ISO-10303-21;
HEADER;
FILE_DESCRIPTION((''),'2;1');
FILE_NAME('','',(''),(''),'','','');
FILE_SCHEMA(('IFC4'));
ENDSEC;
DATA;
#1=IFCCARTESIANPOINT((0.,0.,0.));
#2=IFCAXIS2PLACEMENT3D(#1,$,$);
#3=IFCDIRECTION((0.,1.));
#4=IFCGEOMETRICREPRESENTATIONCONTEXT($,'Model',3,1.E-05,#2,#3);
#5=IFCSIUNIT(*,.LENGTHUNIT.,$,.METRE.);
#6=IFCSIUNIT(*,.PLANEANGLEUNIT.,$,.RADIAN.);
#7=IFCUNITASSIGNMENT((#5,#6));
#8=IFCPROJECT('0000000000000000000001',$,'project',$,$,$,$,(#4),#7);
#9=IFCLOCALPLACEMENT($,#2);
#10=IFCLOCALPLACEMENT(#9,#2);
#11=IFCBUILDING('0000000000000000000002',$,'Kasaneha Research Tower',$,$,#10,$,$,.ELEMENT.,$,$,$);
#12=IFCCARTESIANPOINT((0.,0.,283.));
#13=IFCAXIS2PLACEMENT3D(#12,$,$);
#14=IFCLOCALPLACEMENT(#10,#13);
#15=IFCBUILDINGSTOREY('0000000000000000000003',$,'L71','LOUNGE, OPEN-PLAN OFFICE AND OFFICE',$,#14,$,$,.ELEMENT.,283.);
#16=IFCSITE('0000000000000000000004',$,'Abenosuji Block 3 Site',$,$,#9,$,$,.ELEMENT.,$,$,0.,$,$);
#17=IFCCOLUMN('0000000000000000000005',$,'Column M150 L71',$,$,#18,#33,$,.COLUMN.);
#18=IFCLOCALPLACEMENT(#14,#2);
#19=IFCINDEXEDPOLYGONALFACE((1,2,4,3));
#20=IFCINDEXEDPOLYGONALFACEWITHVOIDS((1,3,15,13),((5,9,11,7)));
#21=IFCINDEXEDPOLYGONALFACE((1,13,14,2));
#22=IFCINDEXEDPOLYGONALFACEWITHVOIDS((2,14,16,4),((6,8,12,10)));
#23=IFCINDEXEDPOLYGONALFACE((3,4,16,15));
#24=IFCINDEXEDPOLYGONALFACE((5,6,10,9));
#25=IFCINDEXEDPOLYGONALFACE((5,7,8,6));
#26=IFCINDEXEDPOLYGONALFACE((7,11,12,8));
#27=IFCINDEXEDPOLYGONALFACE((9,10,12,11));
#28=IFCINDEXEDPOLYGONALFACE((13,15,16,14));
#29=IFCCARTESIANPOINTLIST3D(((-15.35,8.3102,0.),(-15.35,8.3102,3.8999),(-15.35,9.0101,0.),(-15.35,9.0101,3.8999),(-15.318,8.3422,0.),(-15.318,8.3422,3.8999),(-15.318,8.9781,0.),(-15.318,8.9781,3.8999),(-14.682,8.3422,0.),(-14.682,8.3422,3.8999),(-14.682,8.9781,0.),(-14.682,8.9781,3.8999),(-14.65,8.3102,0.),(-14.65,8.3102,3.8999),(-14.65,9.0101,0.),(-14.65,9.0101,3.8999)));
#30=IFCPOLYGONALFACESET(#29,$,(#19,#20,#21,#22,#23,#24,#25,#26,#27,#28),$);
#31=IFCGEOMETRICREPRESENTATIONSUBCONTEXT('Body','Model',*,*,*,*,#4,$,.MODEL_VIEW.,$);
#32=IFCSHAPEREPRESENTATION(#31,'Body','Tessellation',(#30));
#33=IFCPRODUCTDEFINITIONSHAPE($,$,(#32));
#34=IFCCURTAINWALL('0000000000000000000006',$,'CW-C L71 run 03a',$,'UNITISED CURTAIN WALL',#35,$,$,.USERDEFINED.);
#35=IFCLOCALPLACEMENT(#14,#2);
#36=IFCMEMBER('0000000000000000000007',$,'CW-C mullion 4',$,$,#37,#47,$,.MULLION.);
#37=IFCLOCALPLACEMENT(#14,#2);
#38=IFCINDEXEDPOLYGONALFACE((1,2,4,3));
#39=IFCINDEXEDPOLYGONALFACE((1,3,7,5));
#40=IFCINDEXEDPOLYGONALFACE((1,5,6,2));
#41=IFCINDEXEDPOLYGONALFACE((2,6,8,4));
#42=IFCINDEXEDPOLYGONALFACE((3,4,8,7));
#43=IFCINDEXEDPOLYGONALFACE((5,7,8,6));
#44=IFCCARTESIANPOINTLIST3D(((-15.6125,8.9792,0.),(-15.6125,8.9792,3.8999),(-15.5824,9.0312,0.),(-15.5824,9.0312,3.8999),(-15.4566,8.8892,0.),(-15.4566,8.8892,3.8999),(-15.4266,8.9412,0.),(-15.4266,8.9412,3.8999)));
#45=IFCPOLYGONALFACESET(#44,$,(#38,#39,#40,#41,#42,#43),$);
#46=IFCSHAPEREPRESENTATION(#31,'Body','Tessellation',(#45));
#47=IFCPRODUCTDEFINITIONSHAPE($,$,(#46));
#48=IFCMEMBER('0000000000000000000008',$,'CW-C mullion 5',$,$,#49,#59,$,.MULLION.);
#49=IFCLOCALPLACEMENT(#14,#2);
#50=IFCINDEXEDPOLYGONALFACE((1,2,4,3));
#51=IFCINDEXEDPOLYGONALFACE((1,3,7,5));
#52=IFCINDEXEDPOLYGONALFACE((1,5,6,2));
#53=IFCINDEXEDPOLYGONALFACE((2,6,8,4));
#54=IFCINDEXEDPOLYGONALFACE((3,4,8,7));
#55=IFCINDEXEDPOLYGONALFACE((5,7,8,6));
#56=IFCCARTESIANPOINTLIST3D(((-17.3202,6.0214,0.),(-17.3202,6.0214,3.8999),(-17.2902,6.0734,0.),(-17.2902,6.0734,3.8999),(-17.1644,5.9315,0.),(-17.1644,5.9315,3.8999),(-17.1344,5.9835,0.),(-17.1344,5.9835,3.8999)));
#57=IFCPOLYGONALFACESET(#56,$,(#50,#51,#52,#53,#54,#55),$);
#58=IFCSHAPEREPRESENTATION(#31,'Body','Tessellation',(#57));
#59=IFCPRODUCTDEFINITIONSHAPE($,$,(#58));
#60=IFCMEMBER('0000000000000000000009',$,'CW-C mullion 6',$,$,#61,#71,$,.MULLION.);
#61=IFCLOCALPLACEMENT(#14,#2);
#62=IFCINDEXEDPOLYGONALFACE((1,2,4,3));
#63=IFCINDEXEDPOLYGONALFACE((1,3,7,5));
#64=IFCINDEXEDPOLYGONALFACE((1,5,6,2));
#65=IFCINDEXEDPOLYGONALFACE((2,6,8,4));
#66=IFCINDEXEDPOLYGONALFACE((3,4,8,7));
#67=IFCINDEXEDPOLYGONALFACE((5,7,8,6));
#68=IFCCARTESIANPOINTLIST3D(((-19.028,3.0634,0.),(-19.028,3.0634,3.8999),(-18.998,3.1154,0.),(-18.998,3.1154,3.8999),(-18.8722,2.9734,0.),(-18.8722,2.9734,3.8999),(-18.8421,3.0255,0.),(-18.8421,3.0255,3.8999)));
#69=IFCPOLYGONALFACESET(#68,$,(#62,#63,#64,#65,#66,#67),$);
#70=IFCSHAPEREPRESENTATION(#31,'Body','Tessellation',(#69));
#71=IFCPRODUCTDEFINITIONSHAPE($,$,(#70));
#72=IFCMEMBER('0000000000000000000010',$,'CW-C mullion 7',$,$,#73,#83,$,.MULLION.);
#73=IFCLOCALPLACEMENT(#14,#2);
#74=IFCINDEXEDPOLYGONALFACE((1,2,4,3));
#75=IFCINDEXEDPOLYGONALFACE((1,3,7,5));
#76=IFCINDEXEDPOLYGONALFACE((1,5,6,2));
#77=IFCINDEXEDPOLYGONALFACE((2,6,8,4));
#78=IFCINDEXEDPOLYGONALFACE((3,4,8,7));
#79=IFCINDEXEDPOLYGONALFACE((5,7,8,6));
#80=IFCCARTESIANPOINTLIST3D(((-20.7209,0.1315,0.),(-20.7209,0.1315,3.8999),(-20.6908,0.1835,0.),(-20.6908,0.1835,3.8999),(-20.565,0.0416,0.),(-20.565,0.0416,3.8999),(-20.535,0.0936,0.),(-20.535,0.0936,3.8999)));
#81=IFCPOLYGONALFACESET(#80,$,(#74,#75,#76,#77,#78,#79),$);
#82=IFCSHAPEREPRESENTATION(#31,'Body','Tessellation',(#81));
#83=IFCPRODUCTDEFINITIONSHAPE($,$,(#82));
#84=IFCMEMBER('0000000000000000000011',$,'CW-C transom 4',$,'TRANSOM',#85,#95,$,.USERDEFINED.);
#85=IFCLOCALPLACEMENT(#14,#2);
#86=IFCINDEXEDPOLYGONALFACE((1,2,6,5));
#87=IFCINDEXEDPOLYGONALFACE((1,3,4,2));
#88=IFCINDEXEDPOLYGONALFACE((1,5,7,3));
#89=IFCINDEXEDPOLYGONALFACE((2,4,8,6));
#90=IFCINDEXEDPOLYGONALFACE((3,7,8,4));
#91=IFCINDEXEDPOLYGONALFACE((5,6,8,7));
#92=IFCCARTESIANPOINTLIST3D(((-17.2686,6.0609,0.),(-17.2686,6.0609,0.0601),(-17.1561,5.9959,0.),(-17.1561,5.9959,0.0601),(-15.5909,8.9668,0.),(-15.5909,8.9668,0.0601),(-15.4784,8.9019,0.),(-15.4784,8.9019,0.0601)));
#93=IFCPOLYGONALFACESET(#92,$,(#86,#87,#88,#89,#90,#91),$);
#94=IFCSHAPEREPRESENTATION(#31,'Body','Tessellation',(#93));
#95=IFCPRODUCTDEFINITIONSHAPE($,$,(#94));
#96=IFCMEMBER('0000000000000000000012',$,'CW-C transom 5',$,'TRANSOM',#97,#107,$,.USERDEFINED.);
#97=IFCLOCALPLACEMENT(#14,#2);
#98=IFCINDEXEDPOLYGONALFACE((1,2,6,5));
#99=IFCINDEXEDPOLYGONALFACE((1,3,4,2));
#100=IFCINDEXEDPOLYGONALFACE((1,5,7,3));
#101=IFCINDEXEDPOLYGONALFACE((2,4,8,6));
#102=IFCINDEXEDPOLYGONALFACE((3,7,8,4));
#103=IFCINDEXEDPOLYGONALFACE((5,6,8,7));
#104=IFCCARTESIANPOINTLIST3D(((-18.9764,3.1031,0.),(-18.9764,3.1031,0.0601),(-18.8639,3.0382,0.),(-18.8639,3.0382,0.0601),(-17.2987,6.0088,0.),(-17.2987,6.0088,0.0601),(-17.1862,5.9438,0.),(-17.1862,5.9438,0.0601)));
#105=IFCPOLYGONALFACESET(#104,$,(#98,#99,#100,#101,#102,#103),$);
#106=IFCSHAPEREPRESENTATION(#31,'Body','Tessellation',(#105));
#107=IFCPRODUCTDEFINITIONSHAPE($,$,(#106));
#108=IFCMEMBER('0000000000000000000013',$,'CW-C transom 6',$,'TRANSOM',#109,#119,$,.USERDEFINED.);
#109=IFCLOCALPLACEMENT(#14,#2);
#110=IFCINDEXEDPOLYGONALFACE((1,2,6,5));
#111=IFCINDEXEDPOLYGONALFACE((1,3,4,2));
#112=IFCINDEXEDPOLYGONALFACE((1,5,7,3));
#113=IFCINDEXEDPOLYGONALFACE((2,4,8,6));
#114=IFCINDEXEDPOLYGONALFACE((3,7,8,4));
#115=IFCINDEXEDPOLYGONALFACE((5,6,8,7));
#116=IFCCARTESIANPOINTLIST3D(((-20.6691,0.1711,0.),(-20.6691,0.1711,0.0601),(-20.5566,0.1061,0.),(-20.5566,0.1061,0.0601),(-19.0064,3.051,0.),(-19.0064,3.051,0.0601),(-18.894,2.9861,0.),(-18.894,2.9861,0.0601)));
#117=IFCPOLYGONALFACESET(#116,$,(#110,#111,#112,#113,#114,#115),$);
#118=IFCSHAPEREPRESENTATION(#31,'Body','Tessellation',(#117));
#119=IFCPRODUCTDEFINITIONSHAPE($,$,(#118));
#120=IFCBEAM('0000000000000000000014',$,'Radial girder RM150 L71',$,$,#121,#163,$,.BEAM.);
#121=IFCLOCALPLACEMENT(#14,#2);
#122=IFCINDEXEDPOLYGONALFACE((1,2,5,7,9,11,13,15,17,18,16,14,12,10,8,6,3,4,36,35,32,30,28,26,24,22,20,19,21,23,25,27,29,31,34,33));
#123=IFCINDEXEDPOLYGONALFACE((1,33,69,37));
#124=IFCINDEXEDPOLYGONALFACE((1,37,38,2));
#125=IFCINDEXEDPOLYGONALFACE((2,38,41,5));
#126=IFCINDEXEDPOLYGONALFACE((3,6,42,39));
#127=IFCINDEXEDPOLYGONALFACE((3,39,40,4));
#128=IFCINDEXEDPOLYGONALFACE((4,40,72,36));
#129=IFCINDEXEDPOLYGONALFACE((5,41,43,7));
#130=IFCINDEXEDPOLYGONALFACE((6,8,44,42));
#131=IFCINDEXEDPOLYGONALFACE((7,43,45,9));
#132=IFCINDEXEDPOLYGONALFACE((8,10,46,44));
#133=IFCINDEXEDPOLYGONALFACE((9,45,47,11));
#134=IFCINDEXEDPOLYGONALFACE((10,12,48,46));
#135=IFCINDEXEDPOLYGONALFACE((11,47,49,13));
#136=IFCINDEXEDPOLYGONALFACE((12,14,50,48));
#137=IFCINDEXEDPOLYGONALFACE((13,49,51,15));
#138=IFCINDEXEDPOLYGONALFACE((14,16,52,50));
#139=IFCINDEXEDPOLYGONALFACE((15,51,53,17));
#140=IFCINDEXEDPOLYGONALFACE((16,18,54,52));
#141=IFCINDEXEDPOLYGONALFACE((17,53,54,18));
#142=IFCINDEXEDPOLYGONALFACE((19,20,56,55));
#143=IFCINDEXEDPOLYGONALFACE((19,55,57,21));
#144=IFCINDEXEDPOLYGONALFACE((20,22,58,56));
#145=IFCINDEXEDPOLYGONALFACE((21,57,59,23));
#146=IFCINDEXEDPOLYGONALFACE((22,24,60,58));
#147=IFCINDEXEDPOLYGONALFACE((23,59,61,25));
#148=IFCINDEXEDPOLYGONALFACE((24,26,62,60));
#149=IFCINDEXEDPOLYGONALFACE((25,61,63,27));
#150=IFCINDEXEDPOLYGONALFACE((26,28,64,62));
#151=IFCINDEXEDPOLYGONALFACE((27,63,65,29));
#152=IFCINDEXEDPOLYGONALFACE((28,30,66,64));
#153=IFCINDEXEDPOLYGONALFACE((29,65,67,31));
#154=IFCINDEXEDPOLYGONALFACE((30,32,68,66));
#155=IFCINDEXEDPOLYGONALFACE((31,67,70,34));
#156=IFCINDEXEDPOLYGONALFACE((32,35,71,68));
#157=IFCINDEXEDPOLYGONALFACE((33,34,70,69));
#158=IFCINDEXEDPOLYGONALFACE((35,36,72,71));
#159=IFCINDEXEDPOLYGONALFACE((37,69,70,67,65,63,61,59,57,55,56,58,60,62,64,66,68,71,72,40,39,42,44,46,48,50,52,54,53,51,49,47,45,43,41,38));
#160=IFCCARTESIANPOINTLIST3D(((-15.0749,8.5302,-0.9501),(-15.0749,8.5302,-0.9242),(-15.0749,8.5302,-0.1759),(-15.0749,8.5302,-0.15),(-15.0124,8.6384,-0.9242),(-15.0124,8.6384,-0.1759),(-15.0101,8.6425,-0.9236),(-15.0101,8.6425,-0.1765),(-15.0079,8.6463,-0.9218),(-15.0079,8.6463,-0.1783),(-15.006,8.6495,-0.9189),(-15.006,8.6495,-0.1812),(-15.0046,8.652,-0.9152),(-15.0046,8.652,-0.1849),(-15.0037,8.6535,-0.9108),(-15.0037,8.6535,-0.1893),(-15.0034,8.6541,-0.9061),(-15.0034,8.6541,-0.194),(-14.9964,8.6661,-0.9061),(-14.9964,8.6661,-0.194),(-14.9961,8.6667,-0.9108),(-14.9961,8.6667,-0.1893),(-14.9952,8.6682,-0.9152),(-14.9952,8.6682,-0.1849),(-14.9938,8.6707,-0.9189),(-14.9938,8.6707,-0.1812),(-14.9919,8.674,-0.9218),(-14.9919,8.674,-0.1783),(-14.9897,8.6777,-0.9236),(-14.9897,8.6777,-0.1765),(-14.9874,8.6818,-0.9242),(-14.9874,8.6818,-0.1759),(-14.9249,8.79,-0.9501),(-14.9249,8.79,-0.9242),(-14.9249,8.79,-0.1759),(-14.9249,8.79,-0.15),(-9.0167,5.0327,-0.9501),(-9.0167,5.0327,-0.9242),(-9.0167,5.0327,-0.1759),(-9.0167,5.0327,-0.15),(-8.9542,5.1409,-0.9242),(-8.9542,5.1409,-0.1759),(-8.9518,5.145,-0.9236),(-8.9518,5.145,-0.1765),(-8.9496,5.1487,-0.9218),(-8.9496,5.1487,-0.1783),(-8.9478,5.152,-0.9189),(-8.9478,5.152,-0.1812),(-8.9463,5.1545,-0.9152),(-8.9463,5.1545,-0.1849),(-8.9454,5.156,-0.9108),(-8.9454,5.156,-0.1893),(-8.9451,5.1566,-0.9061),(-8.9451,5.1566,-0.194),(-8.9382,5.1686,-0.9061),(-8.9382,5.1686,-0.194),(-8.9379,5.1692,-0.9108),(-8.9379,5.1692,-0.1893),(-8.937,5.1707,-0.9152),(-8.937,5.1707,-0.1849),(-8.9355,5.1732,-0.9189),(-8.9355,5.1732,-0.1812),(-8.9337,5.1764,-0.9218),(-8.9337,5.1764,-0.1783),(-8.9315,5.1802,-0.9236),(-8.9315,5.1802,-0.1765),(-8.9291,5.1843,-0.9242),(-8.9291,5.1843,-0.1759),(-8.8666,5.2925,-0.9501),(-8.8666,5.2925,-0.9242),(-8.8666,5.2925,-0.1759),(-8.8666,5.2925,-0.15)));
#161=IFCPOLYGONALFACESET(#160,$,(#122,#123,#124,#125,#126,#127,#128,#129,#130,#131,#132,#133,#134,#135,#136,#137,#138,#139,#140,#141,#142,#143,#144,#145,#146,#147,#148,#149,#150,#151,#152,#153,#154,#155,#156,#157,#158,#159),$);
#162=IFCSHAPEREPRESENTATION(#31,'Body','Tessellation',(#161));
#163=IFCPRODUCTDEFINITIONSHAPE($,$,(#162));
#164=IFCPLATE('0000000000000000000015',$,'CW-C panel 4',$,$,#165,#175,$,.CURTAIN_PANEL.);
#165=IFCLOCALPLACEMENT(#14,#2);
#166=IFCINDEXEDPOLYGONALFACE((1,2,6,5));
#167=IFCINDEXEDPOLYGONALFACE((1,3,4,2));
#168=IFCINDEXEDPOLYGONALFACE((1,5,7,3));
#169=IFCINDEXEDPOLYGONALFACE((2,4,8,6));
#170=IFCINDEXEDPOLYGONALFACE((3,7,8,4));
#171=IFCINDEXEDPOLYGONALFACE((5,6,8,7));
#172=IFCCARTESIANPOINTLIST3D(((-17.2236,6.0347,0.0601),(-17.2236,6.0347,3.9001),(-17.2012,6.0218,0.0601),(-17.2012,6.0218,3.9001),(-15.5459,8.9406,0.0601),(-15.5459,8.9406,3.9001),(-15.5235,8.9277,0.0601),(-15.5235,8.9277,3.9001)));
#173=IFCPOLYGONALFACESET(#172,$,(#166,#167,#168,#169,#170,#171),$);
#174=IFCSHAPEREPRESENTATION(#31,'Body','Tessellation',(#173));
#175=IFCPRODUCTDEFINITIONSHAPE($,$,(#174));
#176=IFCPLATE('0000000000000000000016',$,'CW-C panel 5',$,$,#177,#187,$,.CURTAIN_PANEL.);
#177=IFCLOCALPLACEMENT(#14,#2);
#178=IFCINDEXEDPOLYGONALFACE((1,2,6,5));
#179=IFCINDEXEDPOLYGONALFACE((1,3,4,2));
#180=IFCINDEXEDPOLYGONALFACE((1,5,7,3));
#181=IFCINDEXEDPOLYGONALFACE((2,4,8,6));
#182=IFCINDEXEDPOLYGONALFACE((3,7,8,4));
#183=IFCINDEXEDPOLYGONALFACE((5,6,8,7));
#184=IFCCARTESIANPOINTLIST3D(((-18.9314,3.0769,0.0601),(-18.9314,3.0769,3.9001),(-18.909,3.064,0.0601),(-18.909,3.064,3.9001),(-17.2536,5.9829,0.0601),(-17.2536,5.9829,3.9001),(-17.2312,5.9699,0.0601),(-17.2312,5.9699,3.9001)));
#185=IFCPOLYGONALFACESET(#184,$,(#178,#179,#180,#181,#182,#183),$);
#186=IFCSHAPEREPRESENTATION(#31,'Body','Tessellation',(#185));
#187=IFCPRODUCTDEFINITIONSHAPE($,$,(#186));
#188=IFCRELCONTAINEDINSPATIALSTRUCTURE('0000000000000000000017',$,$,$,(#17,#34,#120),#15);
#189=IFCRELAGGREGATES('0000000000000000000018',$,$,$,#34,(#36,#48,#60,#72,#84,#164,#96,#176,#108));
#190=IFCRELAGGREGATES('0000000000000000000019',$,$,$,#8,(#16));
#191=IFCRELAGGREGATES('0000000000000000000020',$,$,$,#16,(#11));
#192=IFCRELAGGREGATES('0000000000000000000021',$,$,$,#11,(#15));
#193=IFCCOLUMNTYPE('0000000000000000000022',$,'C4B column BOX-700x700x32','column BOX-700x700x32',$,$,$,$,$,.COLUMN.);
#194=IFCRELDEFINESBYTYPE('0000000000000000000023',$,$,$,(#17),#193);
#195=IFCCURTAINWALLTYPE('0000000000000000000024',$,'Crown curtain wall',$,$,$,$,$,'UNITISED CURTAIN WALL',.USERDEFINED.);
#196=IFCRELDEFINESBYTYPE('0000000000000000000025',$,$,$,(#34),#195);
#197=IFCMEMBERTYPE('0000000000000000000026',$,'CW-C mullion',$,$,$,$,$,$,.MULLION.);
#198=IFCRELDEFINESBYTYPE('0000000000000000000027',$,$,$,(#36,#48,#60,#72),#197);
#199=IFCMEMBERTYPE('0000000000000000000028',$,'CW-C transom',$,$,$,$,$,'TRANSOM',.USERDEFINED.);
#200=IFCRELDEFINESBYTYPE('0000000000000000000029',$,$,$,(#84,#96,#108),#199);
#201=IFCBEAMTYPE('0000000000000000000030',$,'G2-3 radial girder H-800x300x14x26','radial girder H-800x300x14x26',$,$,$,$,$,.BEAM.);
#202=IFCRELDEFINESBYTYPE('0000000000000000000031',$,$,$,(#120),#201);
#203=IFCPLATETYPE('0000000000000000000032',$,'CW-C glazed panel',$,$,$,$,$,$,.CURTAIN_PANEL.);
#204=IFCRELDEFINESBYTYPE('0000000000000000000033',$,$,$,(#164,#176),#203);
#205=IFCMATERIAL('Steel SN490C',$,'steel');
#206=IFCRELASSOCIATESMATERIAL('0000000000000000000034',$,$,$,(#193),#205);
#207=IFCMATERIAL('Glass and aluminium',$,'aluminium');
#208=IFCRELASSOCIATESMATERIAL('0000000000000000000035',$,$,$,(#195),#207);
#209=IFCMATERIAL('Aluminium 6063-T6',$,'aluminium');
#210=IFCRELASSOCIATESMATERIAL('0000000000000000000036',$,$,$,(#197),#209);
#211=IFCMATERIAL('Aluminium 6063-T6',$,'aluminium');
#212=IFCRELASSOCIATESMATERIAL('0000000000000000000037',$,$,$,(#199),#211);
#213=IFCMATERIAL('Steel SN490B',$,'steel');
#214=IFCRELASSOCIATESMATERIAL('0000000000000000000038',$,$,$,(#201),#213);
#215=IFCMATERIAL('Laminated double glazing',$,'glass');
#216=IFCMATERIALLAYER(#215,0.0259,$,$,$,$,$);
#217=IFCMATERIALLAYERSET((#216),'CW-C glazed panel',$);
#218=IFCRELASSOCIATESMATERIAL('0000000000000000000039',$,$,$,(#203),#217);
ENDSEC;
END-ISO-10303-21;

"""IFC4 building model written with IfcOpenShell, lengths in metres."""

from ifc_helpers import new_model, si_unit, direction, frame, origin, origin_2d, place, context, subcontext, project, spatial, rectangle, hollow_rectangle, i_section, extrude, material, layer, layer_set, material_profile, profile_set, type_object, element, aggregate, save


model = new_model("IFC4")

# Units and contexts
model_context = context("Model", 3, precision=1e-05, world=origin(), true_north=direction((0.0, 1.0)))
body_context = subcontext(model_context, "Body", "Model", "MODEL_VIEW")
ifc_project = project(units=[si_unit("LENGTHUNIT", "METRE"), si_unit("PLANEANGLEUNIT", "RADIAN")], contexts=[model_context])

# Site, building, storey
site_placement = place(None, origin())
site = spatial("IfcSite", under=ifc_project, at=site_placement, Name="Abenosuji Block 3 Site", CompositionType="ELEMENT", RefElevation=0.0)
building_placement = place(site_placement, origin())
building = spatial("IfcBuilding", under=site, at=building_placement, Name="Kasaneha Research Tower", CompositionType="ELEMENT")
storey_placement = place(building_placement, frame((0.0, 0.0, 283.0)))
storey = spatial("IfcBuildingStorey", under=building, at=storey_placement, Name="L71", Description="LOUNGE, OPEN-PLAN OFFICE AND OFFICE", CompositionType="ELEMENT", Elevation=283.0)

# Column
ifc_material_1 = material(Name="Steel SN490C", Category="steel")
ifc_material_profile_1 = material_profile(ifc_material_1, hollow_rectangle(XDim=0.7, YDim=0.7, WallThickness=0.032, at=origin_2d()), Name="BOX-700x700x32")
ifc_profile_set_1 = profile_set([ifc_material_profile_1], Name="Steel SN490C")
column_type = type_object("IfcColumnType", Name="C4B column BOX-700x700x32", Description="column BOX-700x700x32", PredefinedType="COLUMN", material=ifc_profile_set_1)
column_placement = place(storey_placement, frame((-15.0, 8.6602, 0.0), z_axis=(0.0, 0.0, 1.0), x_axis=(1.0, 0.0, 0.0)))
element("IfcColumn", 1, at=column_placement, inside=storey, type_object=column_type, Name="Column M150 L71", PredefinedType="COLUMN", context=body_context, shape_type="SweptSolid", body=[
    extrude(hollow_rectangle(XDim=0.7, YDim=0.7, WallThickness=0.032, at=origin_2d()), origin(), (0.0, 0.0, 1.0), 3.8999),
])

# Curtain wall, members
ifc_material_2 = material(Name="Glass and aluminium", Category="aluminium")
curtain_wall_type = type_object("IfcCurtainWallType", Name="Crown curtain wall", ElementType="UNITISED CURTAIN WALL", PredefinedType="USERDEFINED", material=ifc_material_2)
curtain_wall_placement = place(storey_placement, origin())
curtain_wall = element("IfcCurtainWall", 2, at=curtain_wall_placement, inside=storey, type_object=curtain_wall_type, Name="CW-C L71 run 03a", ObjectType="UNITISED CURTAIN WALL", PredefinedType="USERDEFINED")
ifc_material_3 = material(Name="Aluminium 6063-T6", Category="aluminium")
ifc_material_profile_2 = material_profile(ifc_material_3, rectangle(XDim=0.0601, YDim=0.1799, at=origin_2d()), Name="CW-C mullion 60x180")
ifc_profile_set_2 = profile_set([ifc_material_profile_2], Name="Aluminium 6063-T6")
member_type_1 = type_object("IfcMemberType", Name="CW-C mullion", PredefinedType="MULLION", material=ifc_profile_set_2)
member_1_placement = place(storey_placement, frame((-15.5195, 8.9602, 0.0), z_axis=(0.0, 0.0, 1.0), x_axis=(-0.5, -0.866025, 0.0)))
member_1 = element("IfcMember", 3, at=member_1_placement, type_object=member_type_1, Name="CW-C mullion 4", PredefinedType="MULLION", context=body_context, shape_type="SweptSolid", body=[
    extrude(rectangle(XDim=0.0601, YDim=0.1799, at=origin_2d()), origin(), (0.0, 0.0, 1.0), 3.8999),
])
member_2_placement = place(storey_placement, frame((-17.2273, 6.0024, 0.0), z_axis=(0.0, 0.0, 1.0), x_axis=(-0.5, -0.866025, 0.0)))
member_2 = element("IfcMember", 4, at=member_2_placement, type_object=member_type_1, Name="CW-C mullion 5", PredefinedType="MULLION", context=body_context, shape_type="SweptSolid", body=[
    extrude(rectangle(XDim=0.0601, YDim=0.1799, at=origin_2d()), origin(), (0.0, 0.0, 1.0), 3.8999),
])
member_3_placement = place(storey_placement, frame((-18.9351, 3.0444, 0.0), z_axis=(0.0, 0.0, 1.0), x_axis=(-0.5, -0.866025, 0.0)))
member_3 = element("IfcMember", 5, at=member_3_placement, type_object=member_type_1, Name="CW-C mullion 6", PredefinedType="MULLION", context=body_context, shape_type="SweptSolid", body=[
    extrude(rectangle(XDim=0.0601, YDim=0.1799, at=origin_2d()), origin(), (0.0, 0.0, 1.0), 3.8999),
])
member_4_placement = place(storey_placement, frame((-20.6279, 0.1125, 0.0), z_axis=(0.0, 0.0, 1.0), x_axis=(-0.5, -0.866025, 0.0)))
member_4 = element("IfcMember", 6, at=member_4_placement, type_object=member_type_1, Name="CW-C mullion 7", PredefinedType="MULLION", context=body_context, shape_type="SweptSolid", body=[
    extrude(rectangle(XDim=0.0601, YDim=0.1799, at=origin_2d()), origin(), (0.0, 0.0, 1.0), 3.8999),
])
ifc_material_4 = material(Name="Aluminium 6063-T6", Category="aluminium")
ifc_material_profile_3 = material_profile(ifc_material_4, rectangle(XDim=0.1299, YDim=0.0601, at=origin_2d()), Name="CW-C transom 130x60")
ifc_profile_set_3 = profile_set([ifc_material_profile_3], Name="Aluminium 6063-T6")
member_type_2 = type_object("IfcMemberType", Name="CW-C transom", ElementType="TRANSOM", PredefinedType="USERDEFINED", material=ifc_profile_set_3)
member_5_placement = place(storey_placement, frame((-15.5347, 8.9343, 0.03), z_axis=(-0.499989, -0.866032, 0.0), x_axis=(0.866032, -0.499989, 0.0)))
member_5 = element("IfcMember", 7, at=member_5_placement, type_object=member_type_2, Name="CW-C transom 4", ObjectType="TRANSOM", PredefinedType="USERDEFINED", context=body_context, shape_type="SweptSolid", body=[
    extrude(rectangle(XDim=0.1299, YDim=0.0601, at=origin_2d()), origin(), (0.0, 0.0, 1.0), 3.3555),
])
member_6_placement = place(storey_placement, frame((-17.2424, 5.9763, 0.03), z_axis=(-0.500021, -0.866014, 0.0), x_axis=(0.866014, -0.500021, 0.0)))
member_6 = element("IfcMember", 8, at=member_6_placement, type_object=member_type_2, Name="CW-C transom 5", ObjectType="TRANSOM", PredefinedType="USERDEFINED", context=body_context, shape_type="SweptSolid", body=[
    extrude(rectangle(XDim=0.1299, YDim=0.0601, at=origin_2d()), origin(), (0.0, 0.0, 1.0), 3.3552),
])
member_7_placement = place(storey_placement, frame((-18.9502, 3.0186, 0.03), z_axis=(-0.499977, -0.866039, 0.0), x_axis=(0.866039, -0.499977, 0.0)))
member_7 = element("IfcMember", 9, at=member_7_placement, type_object=member_type_2, Name="CW-C transom 6", ObjectType="TRANSOM", PredefinedType="USERDEFINED", context=body_context, shape_type="SweptSolid", body=[
    extrude(rectangle(XDim=0.1299, YDim=0.0601, at=origin_2d()), origin(), (0.0, 0.0, 1.0), 3.3254),
])

# Beam
ifc_material_5 = material(Name="Steel SN490B", Category="steel")
ifc_material_profile_4 = material_profile(ifc_material_5, i_section(OverallWidth=0.3, OverallDepth=0.8, WebThickness=0.0139, FlangeThickness=0.0259, FilletRadius=0.0181, at=origin_2d()), Name="H-800x300x14x26")
ifc_profile_set_4 = profile_set([ifc_material_profile_4], Name="Steel SN490B")
beam_type = type_object("IfcBeamType", Name="G2-3 radial girder H-800x300x14x26", Description="radial girder H-800x300x14x26", PredefinedType="BEAM", material=ifc_profile_set_4)
beam_placement = place(storey_placement, frame((-8.9417, 5.1626, -0.55), z_axis=(-0.86604, 0.499975, 0.0), x_axis=(-0.499975, -0.86604, 0.0)))
element("IfcBeam", 10, at=beam_placement, inside=storey, type_object=beam_type, Name="Radial girder RM150 L71", PredefinedType="BEAM", context=body_context, shape_type="SweptSolid", body=[
    extrude(i_section(OverallWidth=0.3, OverallDepth=0.8, WebThickness=0.0139, FlangeThickness=0.0259, FilletRadius=0.0181, at=origin_2d()), origin(), (0.0, 0.0, 1.0), 6.9954),
])

# Plates
ifc_material_6 = material(Name="Laminated double glazing", Category="glass")
ifc_layer_1 = layer(ifc_material_6, 0.0259)
ifc_layer_set_1 = layer_set([ifc_layer_1], Name="CW-C glazed panel")
plate_type = type_object("IfcPlateType", Name="CW-C glazed panel", PredefinedType="CURTAIN_PANEL", material=ifc_layer_set_1)
plate_1_placement = place(storey_placement, frame((-16.3735, 7.4812, 0.0601), z_axis=(0.0, 0.0, 1.0), x_axis=(-0.5, -0.866025, 0.0)))
plate_1 = element("IfcPlate", 11, at=plate_1_placement, type_object=plate_type, Name="CW-C panel 4", PredefinedType="CURTAIN_PANEL", context=body_context, shape_type="SweptSolid", body=[
    extrude(rectangle(XDim=3.3555, YDim=0.0259, at=origin_2d()), origin(), (0.0, 0.0, 1.0), 3.8401),
])
plate_2_placement = place(storey_placement, frame((-18.0813, 4.5234, 0.0601), z_axis=(0.0, 0.0, 1.0), x_axis=(-0.5, -0.866025, 0.0)))
plate_2 = element("IfcPlate", 12, at=plate_2_placement, type_object=plate_type, Name="CW-C panel 5", PredefinedType="CURTAIN_PANEL", context=body_context, shape_type="SweptSolid", body=[
    extrude(rectangle(XDim=3.3555, YDim=0.0259, at=origin_2d()), origin(), (0.0, 0.0, 1.0), 3.8401),
])
aggregate(curtain_wall, [member_1, member_2, member_3, member_4, member_5, plate_1, member_6, plate_2, member_7])

save(model, "model.ifc")
